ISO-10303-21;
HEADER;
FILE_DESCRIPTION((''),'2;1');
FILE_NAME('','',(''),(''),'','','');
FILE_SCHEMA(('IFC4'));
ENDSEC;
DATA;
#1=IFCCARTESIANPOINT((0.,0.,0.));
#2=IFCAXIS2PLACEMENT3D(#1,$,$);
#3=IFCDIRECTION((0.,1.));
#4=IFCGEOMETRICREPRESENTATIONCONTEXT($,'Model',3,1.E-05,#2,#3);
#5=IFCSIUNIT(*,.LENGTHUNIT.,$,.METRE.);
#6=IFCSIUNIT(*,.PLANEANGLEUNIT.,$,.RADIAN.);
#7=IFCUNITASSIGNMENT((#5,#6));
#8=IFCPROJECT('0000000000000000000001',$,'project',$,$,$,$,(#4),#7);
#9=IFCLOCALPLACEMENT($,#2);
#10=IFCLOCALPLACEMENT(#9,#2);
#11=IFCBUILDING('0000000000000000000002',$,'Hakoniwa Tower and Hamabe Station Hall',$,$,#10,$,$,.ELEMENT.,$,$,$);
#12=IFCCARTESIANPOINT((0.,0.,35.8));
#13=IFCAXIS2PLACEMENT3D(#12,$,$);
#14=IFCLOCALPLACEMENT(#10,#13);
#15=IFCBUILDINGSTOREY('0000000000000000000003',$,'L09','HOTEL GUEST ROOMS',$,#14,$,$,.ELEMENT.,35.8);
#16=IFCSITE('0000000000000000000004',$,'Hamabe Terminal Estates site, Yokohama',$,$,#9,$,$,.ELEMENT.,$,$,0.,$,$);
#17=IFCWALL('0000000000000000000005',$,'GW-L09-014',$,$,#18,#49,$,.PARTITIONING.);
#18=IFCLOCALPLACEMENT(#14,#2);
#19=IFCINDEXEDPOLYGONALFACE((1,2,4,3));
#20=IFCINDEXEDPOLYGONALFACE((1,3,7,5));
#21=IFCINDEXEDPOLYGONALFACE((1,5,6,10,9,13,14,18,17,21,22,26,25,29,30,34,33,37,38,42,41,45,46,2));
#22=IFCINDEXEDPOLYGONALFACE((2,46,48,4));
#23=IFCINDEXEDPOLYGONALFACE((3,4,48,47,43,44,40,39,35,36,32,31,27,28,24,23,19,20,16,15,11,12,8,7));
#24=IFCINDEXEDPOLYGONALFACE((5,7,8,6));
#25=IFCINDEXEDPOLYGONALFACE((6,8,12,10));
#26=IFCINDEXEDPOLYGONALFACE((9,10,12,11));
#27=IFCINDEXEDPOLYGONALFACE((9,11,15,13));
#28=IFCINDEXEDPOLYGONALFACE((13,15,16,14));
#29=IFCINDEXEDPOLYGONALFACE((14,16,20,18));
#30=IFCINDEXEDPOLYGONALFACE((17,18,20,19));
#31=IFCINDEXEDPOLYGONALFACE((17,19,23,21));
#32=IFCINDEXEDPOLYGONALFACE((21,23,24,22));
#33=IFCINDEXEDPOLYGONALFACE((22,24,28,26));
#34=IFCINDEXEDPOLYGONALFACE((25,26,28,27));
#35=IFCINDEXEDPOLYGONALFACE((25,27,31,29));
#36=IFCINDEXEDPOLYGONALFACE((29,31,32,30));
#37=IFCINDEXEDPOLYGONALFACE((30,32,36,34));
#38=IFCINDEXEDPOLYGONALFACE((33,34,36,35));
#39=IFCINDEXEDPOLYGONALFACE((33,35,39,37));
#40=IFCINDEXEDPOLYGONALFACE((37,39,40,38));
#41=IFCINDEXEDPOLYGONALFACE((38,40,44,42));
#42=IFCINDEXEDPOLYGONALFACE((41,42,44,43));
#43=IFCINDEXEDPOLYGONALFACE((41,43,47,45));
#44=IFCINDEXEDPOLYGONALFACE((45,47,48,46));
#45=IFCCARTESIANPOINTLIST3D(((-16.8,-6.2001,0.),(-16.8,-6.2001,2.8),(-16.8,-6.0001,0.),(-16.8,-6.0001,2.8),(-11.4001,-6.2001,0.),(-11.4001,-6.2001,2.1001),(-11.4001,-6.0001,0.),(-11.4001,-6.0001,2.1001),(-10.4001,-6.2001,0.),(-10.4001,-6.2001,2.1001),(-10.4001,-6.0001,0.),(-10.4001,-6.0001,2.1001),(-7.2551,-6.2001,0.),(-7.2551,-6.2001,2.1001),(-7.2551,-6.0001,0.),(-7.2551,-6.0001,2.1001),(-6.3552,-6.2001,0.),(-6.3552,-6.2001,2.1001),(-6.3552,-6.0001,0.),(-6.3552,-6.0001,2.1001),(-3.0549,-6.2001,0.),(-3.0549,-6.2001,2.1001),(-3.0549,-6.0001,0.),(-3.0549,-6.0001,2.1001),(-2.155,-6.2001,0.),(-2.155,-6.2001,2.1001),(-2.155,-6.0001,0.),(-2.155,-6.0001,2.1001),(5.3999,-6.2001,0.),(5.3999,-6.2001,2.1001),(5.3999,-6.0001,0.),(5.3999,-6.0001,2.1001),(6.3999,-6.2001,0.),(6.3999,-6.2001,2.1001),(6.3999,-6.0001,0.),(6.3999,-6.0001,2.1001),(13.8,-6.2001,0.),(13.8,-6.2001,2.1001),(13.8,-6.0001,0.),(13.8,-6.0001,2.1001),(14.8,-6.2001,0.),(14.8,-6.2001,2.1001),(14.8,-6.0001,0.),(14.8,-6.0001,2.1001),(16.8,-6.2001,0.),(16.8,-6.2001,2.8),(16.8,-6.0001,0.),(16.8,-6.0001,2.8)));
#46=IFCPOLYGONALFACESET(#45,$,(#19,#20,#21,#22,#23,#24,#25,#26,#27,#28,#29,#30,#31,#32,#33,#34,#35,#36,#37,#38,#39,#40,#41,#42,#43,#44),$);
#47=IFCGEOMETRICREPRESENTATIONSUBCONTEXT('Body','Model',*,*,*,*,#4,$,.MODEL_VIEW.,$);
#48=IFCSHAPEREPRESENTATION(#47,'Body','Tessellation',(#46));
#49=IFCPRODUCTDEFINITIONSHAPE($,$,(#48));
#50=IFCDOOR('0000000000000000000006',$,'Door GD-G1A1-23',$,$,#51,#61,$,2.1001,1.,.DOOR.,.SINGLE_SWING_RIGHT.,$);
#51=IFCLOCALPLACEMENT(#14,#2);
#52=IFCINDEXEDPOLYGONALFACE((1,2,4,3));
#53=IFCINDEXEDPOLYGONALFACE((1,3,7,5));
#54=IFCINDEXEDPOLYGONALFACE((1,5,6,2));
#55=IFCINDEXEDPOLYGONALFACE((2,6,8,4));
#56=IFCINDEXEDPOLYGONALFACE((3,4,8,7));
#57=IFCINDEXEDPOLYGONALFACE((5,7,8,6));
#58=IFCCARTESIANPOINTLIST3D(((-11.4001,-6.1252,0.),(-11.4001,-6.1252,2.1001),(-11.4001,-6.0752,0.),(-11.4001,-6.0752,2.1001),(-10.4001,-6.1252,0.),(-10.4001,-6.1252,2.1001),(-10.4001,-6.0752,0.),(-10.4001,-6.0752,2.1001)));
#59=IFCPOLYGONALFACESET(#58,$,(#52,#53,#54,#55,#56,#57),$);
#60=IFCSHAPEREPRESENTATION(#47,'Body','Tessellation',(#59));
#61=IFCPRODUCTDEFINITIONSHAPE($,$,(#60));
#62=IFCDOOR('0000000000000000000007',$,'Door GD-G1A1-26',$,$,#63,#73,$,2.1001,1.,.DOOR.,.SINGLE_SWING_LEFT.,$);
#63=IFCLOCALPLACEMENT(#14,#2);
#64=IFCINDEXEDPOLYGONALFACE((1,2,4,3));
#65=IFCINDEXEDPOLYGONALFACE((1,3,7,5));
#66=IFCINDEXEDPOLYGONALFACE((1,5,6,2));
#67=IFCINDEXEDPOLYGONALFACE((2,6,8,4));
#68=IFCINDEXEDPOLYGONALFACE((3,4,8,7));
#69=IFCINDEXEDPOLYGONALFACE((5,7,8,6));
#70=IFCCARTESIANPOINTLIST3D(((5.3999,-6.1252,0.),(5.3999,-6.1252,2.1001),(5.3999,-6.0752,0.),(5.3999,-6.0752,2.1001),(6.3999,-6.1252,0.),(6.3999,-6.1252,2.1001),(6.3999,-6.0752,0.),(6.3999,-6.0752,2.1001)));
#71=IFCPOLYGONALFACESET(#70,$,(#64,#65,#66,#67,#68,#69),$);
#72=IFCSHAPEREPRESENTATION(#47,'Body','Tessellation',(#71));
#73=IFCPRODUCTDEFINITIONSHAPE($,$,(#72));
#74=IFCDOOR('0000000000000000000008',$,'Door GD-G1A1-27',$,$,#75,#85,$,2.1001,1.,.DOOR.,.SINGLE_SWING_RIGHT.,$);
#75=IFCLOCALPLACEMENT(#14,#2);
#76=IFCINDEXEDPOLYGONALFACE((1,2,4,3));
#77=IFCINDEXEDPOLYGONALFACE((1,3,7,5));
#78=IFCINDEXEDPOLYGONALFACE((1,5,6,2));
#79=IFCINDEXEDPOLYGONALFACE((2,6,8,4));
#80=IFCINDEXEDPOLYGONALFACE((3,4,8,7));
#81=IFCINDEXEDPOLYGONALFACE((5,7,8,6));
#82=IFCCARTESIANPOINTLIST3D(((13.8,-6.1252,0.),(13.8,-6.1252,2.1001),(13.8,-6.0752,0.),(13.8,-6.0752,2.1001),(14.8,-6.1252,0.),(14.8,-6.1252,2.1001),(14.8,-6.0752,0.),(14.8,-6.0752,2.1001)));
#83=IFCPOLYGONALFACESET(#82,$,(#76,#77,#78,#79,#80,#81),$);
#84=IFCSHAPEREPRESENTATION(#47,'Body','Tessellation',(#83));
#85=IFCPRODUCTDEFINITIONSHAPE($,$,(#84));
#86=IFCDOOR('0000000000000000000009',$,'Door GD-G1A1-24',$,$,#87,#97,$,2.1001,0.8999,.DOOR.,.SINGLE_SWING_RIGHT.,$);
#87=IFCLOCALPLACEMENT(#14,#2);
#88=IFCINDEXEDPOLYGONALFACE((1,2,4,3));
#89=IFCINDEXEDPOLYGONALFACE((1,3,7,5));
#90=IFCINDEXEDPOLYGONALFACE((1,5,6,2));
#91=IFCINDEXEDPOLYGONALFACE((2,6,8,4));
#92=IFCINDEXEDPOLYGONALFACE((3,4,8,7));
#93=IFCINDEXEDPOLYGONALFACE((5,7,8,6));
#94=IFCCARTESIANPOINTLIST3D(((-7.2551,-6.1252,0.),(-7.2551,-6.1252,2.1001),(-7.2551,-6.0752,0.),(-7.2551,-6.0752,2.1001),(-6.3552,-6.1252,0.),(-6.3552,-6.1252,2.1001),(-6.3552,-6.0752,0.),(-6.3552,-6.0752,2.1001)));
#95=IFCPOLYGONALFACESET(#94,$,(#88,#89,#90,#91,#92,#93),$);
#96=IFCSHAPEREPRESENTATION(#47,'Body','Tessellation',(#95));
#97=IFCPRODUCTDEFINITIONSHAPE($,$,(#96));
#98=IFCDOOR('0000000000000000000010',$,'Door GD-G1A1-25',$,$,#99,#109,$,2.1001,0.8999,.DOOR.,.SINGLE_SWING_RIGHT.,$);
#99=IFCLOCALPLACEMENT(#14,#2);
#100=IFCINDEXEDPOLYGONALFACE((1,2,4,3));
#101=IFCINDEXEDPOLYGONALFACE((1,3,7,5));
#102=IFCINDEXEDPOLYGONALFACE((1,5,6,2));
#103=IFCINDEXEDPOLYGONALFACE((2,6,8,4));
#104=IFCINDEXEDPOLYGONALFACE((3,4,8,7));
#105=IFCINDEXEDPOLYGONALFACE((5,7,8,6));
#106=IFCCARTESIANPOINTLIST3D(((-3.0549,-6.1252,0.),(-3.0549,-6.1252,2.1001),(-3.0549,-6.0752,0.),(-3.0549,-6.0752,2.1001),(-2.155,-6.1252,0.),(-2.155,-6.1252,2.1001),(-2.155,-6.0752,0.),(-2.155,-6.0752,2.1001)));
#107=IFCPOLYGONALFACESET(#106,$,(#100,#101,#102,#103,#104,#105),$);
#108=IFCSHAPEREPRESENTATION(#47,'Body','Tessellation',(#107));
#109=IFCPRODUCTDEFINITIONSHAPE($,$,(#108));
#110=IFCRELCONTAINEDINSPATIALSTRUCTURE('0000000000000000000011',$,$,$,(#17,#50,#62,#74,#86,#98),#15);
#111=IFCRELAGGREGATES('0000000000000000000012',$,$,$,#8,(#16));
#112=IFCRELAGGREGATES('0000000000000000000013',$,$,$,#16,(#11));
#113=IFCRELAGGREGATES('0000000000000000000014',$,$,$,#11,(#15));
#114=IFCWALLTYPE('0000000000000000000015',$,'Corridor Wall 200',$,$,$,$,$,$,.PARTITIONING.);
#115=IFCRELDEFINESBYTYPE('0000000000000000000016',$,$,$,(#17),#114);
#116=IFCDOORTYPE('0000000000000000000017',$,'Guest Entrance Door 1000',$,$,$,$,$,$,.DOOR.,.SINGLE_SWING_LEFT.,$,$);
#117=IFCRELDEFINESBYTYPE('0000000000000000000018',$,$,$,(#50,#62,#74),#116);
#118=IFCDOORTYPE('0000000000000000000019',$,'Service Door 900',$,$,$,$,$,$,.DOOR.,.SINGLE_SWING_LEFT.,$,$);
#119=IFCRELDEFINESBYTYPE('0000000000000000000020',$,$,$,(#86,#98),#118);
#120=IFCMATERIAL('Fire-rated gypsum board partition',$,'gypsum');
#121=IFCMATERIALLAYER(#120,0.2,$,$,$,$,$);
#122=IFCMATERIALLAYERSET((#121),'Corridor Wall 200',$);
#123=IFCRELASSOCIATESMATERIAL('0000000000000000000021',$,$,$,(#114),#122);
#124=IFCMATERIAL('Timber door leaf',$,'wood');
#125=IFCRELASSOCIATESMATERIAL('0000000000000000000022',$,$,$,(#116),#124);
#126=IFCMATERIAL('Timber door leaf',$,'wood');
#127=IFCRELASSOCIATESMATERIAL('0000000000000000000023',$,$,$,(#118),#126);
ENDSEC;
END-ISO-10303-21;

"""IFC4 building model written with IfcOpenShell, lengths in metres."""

from ifc_helpers import new_model, si_unit, direction, frame, frame_2d, origin, place, context, subcontext, project, spatial, rectangle, extrude, material, layer, layer_set, type_object, element, fill, save


model = new_model("IFC4")

# Units and contexts
model_context = context("Model", 3, precision=1e-05, world=origin(), true_north=direction((0.0, 1.0)))
body_context = subcontext(model_context, "Body", "Model", "MODEL_VIEW")
ifc_project = project(units=[si_unit("LENGTHUNIT", "METRE"), si_unit("PLANEANGLEUNIT", "RADIAN")], contexts=[model_context])

# Site, building, storey
site_placement = place(None, origin())
site = spatial("IfcSite", under=ifc_project, at=site_placement, Name="Hamabe Terminal Estates site, Yokohama", CompositionType="ELEMENT", RefElevation=0.0)
building_placement = place(site_placement, origin())
building = spatial("IfcBuilding", under=site, at=building_placement, Name="Hakoniwa Tower and Hamabe Station Hall", CompositionType="ELEMENT")
storey_placement = place(building_placement, frame((0.0, 0.0, 35.8)))
storey = spatial("IfcBuildingStorey", under=building, at=storey_placement, Name="L09", Description="HOTEL GUEST ROOMS", CompositionType="ELEMENT", Elevation=35.8)

# Wall, openings, doors
ifc_material_1 = material(Name="Fire-rated gypsum board partition", Category="gypsum")
ifc_layer_1 = layer(ifc_material_1, 0.2)
ifc_layer_set_1 = layer_set([ifc_layer_1], Name="Corridor Wall 200")
wall_type_1 = type_object("IfcWallType", Name="Corridor Wall 200", PredefinedType="PARTITIONING", material=ifc_layer_set_1)
wall_1_placement = place(storey_placement, frame((-16.8, -6.1001, 0.0), z_axis=(0.0, 0.0, 1.0), x_axis=(1.0, 0.0, 0.0)))
wall_1 = element("IfcWall", 1, at=wall_1_placement, inside=storey, type_object=wall_type_1, Name="GW-L09-014", PredefinedType="PARTITIONING", context=body_context, shape_type="SweptSolid", body=[
    extrude(rectangle(XDim=33.6001, YDim=0.2, at=frame_2d((16.8, 0.0))), origin(), (0.0, 0.0, 1.0), 2.8),
])
opening_1_placement = place(wall_1_placement, frame((5.3999, 0.0, 0.0)))
opening_1 = element("IfcOpeningElement", 2, at=opening_1_placement, cuts=wall_1, PredefinedType="OPENING", context=body_context, shape_type="SweptSolid", body=[
    extrude(rectangle(XDim=1.0, YDim=2.1001, at=frame_2d((0.5, 1.05))), frame((0.0, 0.1099, 0.0), z_axis=(0.0, -1.0, 0.0), x_axis=(1.0, 0.0, 0.0)), (0.0, 0.0, 1.0), 0.22),
])
opening_2_placement = place(wall_1_placement, frame((9.5449, 0.0, 0.0)))
opening_2 = element("IfcOpeningElement", 3, at=opening_2_placement, cuts=wall_1, PredefinedType="OPENING", context=body_context, shape_type="SweptSolid", body=[
    extrude(rectangle(XDim=0.8999, YDim=2.1001, at=frame_2d((0.45, 1.05))), frame((0.0, 0.1099, 0.0), z_axis=(0.0, -1.0, 0.0), x_axis=(1.0, 0.0, 0.0)), (0.0, 0.0, 1.0), 0.22),
])
opening_3_placement = place(wall_1_placement, frame((13.7451, 0.0, 0.0)))
opening_3 = element("IfcOpeningElement", 4, at=opening_3_placement, cuts=wall_1, PredefinedType="OPENING", context=body_context, shape_type="SweptSolid", body=[
    extrude(rectangle(XDim=0.8999, YDim=2.1001, at=frame_2d((0.45, 1.05))), frame((0.0, 0.1099, 0.0), z_axis=(0.0, -1.0, 0.0), x_axis=(1.0, 0.0, 0.0)), (0.0, 0.0, 1.0), 0.22),
])
opening_4_placement = place(wall_1_placement, frame((22.2, 0.0, 0.0)))
opening_4 = element("IfcOpeningElement", 5, at=opening_4_placement, cuts=wall_1, PredefinedType="OPENING", context=body_context, shape_type="SweptSolid", body=[
    extrude(rectangle(XDim=1.0, YDim=2.1001, at=frame_2d((0.5, 1.05))), frame((0.0, 0.1099, 0.0), z_axis=(0.0, -1.0, 0.0), x_axis=(1.0, 0.0, 0.0)), (0.0, 0.0, 1.0), 0.22),
])
opening_5_placement = place(wall_1_placement, frame((30.6001, 0.0, 0.0)))
opening_5 = element("IfcOpeningElement", 6, at=opening_5_placement, cuts=wall_1, PredefinedType="OPENING", context=body_context, shape_type="SweptSolid", body=[
    extrude(rectangle(XDim=1.0, YDim=2.1001, at=frame_2d((0.5, 1.05))), frame((0.0, 0.1099, 0.0), z_axis=(0.0, -1.0, 0.0), x_axis=(1.0, 0.0, 0.0)), (0.0, 0.0, 1.0), 0.22),
])
ifc_material_2 = material(Name="Timber door leaf", Category="wood")
door_type_1 = type_object("IfcDoorType", Name="Guest Entrance Door 1000", OperationType="SINGLE_SWING_LEFT", PredefinedType="DOOR", material=ifc_material_2)
door_1_placement = place(opening_1_placement, origin())
door_1 = element("IfcDoor", 7, at=door_1_placement, inside=storey, type_object=door_type_1, Name="Door GD-G1A1-23", OperationType="SINGLE_SWING_RIGHT", OverallHeight=2.1001, OverallWidth=1.0, PredefinedType="DOOR", context=body_context, shape_type="SweptSolid", body=[
    extrude(rectangle(XDim=1.0, YDim=2.1001, at=frame_2d((0.5, 1.05))), frame((0.0, 0.0249, 0.0), z_axis=(0.0, -1.0, 0.0), x_axis=(1.0, 0.0, 0.0)), (0.0, 0.0, 1.0), 0.05),
])
fill(opening_1, door_1)
door_2_placement = place(opening_4_placement, origin())
door_2 = element("IfcDoor", 8, at=door_2_placement, inside=storey, type_object=door_type_1, Name="Door GD-G1A1-26", OperationType="SINGLE_SWING_LEFT", OverallHeight=2.1001, OverallWidth=1.0, PredefinedType="DOOR", context=body_context, shape_type="SweptSolid", body=[
    extrude(rectangle(XDim=1.0, YDim=2.1001, at=frame_2d((0.5, 1.05))), frame((0.0, 0.0249, 0.0), z_axis=(0.0, -1.0, 0.0), x_axis=(1.0, 0.0, 0.0)), (0.0, 0.0, 1.0), 0.05),
])
fill(opening_4, door_2)
door_3_placement = place(opening_5_placement, origin())
door_3 = element("IfcDoor", 9, at=door_3_placement, inside=storey, type_object=door_type_1, Name="Door GD-G1A1-27", OperationType="SINGLE_SWING_RIGHT", OverallHeight=2.1001, OverallWidth=1.0, PredefinedType="DOOR", context=body_context, shape_type="SweptSolid", body=[
    extrude(rectangle(XDim=1.0, YDim=2.1001, at=frame_2d((0.5, 1.05))), frame((0.0, 0.0249, 0.0), z_axis=(0.0, -1.0, 0.0), x_axis=(1.0, 0.0, 0.0)), (0.0, 0.0, 1.0), 0.05),
])
fill(opening_5, door_3)
ifc_material_3 = material(Name="Timber door leaf", Category="wood")
door_type_2 = type_object("IfcDoorType", Name="Service Door 900", OperationType="SINGLE_SWING_LEFT", PredefinedType="DOOR", material=ifc_material_3)
door_4_placement = place(opening_2_placement, origin())
door_4 = element("IfcDoor", 10, at=door_4_placement, inside=storey, type_object=door_type_2, Name="Door GD-G1A1-24", OperationType="SINGLE_SWING_RIGHT", OverallHeight=2.1001, OverallWidth=0.8999, PredefinedType="DOOR", context=body_context, shape_type="SweptSolid", body=[
    extrude(rectangle(XDim=0.8999, YDim=2.1001, at=frame_2d((0.45, 1.05))), frame((0.0, 0.0249, 0.0), z_axis=(0.0, -1.0, 0.0), x_axis=(1.0, 0.0, 0.0)), (0.0, 0.0, 1.0), 0.05),
])
fill(opening_2, door_4)
door_5_placement = place(opening_3_placement, origin())
door_5 = element("IfcDoor", 11, at=door_5_placement, inside=storey, type_object=door_type_2, Name="Door GD-G1A1-25", OperationType="SINGLE_SWING_RIGHT", OverallHeight=2.1001, OverallWidth=0.8999, PredefinedType="DOOR", context=body_context, shape_type="SweptSolid", body=[
    extrude(rectangle(XDim=0.8999, YDim=2.1001, at=frame_2d((0.45, 1.05))), frame((0.0, 0.0249, 0.0), z_axis=(0.0, -1.0, 0.0), x_axis=(1.0, 0.0, 0.0)), (0.0, 0.0, 1.0), 0.05),
])
fill(opening_3, door_5)

save(model, "model.ifc")
